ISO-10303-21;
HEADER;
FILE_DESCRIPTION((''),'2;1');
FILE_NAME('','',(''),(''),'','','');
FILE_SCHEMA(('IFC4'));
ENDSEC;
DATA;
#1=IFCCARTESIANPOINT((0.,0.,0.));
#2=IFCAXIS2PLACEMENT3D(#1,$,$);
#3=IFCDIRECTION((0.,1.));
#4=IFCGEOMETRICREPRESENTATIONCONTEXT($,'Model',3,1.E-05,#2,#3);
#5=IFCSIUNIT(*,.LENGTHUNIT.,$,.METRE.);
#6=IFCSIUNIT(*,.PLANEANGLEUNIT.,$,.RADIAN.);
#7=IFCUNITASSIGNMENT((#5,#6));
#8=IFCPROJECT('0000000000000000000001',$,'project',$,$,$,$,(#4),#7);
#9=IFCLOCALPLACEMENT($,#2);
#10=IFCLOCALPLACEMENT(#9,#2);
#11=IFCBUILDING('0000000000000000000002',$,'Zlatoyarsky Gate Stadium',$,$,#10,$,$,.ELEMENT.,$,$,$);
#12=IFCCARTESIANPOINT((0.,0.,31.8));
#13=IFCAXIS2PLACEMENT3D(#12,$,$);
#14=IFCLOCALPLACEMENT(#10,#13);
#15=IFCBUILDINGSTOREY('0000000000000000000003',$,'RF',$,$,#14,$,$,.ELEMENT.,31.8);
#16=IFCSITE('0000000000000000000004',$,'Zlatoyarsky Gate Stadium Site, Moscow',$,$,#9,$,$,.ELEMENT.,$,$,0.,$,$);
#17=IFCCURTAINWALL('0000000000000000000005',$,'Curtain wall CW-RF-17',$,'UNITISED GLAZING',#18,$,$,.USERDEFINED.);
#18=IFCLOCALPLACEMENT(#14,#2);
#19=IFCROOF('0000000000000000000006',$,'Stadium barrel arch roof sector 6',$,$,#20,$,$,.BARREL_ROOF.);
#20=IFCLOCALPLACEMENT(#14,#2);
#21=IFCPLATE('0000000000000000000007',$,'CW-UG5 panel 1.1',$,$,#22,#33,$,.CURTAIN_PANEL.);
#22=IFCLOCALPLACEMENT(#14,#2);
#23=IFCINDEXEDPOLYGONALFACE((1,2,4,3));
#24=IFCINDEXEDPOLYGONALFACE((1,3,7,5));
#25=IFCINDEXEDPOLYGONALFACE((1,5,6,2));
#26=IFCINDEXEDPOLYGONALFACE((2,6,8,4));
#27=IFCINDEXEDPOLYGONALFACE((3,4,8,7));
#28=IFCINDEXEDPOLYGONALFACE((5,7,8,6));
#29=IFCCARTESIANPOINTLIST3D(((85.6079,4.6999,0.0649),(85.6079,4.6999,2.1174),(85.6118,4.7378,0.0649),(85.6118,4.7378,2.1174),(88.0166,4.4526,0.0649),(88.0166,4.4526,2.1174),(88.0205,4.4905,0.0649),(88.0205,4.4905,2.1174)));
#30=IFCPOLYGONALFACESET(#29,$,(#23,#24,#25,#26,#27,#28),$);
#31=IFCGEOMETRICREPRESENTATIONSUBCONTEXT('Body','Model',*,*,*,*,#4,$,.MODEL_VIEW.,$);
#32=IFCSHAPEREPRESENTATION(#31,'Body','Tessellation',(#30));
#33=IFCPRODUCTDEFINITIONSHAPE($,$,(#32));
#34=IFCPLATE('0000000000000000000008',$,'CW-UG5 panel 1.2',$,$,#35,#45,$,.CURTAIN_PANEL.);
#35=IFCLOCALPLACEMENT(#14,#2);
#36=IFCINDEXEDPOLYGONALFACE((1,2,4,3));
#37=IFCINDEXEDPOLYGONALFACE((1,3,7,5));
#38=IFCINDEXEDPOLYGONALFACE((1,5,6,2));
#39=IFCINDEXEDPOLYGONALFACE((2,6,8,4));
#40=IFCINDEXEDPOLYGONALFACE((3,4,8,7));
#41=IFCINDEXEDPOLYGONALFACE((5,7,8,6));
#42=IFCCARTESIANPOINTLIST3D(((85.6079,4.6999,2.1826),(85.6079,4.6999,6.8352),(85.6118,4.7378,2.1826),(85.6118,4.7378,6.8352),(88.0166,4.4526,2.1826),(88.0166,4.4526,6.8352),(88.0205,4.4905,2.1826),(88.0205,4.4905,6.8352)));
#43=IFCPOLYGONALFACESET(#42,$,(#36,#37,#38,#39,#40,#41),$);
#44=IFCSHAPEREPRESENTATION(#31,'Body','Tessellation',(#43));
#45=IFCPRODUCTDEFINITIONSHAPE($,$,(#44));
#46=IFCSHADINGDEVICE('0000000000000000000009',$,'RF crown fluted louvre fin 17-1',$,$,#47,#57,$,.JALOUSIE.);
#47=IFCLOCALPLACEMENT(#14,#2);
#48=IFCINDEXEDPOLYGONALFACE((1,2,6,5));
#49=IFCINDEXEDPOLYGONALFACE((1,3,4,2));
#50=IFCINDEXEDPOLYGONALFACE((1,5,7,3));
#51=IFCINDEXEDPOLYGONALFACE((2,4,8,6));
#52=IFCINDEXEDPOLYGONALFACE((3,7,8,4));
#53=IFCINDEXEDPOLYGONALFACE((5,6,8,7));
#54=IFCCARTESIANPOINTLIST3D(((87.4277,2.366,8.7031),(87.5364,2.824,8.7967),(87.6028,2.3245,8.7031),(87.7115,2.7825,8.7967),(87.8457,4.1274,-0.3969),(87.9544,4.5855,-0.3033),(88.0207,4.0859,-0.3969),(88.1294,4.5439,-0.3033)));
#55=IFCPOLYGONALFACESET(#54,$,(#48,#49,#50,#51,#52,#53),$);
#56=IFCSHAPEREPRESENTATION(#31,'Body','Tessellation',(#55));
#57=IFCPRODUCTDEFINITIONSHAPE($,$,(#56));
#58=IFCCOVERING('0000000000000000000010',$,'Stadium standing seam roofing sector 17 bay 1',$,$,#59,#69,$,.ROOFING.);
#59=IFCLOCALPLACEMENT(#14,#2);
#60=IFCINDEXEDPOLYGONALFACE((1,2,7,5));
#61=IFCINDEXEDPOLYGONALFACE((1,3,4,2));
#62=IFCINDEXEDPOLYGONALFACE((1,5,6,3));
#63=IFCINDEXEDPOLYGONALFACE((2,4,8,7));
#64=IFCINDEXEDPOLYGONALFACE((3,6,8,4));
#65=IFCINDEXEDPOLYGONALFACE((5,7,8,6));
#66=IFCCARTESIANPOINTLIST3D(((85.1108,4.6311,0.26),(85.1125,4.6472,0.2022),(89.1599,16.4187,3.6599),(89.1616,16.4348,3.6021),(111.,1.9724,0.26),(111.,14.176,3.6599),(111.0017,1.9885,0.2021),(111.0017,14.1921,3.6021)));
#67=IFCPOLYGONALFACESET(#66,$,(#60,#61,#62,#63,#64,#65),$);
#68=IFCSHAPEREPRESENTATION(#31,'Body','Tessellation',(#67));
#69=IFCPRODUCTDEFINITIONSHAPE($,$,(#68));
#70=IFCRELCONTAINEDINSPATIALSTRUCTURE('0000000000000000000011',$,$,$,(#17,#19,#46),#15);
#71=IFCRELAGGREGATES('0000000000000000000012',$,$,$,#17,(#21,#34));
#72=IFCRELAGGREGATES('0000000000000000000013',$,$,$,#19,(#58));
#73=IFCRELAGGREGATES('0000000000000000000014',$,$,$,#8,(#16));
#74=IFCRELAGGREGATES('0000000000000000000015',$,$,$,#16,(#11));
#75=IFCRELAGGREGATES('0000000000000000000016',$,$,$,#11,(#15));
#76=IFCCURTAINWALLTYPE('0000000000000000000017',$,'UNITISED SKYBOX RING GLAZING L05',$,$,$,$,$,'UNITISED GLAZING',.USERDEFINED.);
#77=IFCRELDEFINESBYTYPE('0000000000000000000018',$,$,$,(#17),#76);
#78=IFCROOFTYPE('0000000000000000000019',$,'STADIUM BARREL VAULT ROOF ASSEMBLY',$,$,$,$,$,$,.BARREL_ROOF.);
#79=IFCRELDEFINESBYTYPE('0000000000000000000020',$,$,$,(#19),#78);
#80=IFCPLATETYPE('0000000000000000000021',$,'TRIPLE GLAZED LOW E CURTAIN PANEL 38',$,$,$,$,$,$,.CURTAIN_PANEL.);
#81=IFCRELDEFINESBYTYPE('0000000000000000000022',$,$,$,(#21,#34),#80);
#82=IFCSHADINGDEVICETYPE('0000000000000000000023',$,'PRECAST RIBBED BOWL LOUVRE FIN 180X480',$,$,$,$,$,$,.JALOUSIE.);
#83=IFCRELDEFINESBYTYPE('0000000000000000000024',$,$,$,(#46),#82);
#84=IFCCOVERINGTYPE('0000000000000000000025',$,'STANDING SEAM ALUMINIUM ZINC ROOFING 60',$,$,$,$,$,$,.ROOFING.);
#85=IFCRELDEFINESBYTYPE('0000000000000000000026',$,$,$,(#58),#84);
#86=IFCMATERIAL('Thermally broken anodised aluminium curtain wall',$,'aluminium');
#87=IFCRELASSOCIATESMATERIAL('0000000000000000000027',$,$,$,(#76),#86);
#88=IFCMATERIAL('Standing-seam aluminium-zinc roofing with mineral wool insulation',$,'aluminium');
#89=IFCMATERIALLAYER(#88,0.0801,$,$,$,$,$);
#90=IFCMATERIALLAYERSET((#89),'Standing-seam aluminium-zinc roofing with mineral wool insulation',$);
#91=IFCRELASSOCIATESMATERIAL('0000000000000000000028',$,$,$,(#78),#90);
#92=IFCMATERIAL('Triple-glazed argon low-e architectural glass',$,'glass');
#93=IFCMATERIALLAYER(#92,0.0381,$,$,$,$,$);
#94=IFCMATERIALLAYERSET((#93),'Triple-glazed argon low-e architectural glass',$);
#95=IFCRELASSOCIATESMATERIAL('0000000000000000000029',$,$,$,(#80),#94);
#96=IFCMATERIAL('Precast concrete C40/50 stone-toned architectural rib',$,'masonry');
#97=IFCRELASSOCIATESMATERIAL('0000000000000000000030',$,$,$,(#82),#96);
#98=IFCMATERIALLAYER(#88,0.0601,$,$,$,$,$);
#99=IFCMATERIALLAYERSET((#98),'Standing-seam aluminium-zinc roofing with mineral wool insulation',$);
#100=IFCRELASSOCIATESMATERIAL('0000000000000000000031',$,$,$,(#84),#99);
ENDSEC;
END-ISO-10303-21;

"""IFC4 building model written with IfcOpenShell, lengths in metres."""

from ifc_helpers import new_model, si_unit, direction, frame, origin, origin_2d, place, context, subcontext, project, spatial, polyline, rectangle, outline, extrude, material, layer, layer_set, material_profile, profile_set, type_object, element, aggregate, save


model = new_model("IFC4")

# Units and contexts
model_context = context("Model", 3, precision=1e-05, world=origin(), true_north=direction((0.0, 1.0)))
body_context = subcontext(model_context, "Body", "Model", "MODEL_VIEW")
ifc_project = project(units=[si_unit("LENGTHUNIT", "METRE"), si_unit("PLANEANGLEUNIT", "RADIAN")], contexts=[model_context])

# Site, building, storey
site_placement = place(None, origin())
site = spatial("IfcSite", under=ifc_project, at=site_placement, Name="Zlatoyarsky Gate Stadium Site, Moscow", CompositionType="ELEMENT", RefElevation=0.0)
building_placement = place(site_placement, origin())
building = spatial("IfcBuilding", under=site, at=building_placement, Name="Zlatoyarsky Gate Stadium", CompositionType="ELEMENT")
storey_placement = place(building_placement, frame((0.0, 0.0, 31.8)))
storey = spatial("IfcBuildingStorey", under=building, at=storey_placement, Name="RF", CompositionType="ELEMENT", Elevation=31.8)

# Curtain wall
ifc_material_1 = material(Name="Thermally broken anodised aluminium curtain wall", Category="aluminium")
curtain_wall_type = type_object("IfcCurtainWallType", Name="UNITISED SKYBOX RING GLAZING L05", ElementType="UNITISED GLAZING", PredefinedType="USERDEFINED", material=ifc_material_1)
curtain_wall_placement = place(storey_placement, origin())
curtain_wall = element("IfcCurtainWall", 1, at=curtain_wall_placement, inside=storey, type_object=curtain_wall_type, Name="Curtain wall CW-RF-17", ObjectType="UNITISED GLAZING", PredefinedType="USERDEFINED")

# Roof
ifc_material_2 = material(Name="Standing-seam aluminium-zinc roofing with mineral wool insulation", Category="aluminium")
ifc_layer_1 = layer(ifc_material_2, 0.0801)
ifc_layer_set_1 = layer_set([ifc_layer_1], Name="Standing-seam aluminium-zinc roofing with mineral wool insulation")
roof_type = type_object("IfcRoofType", Name="STADIUM BARREL VAULT ROOF ASSEMBLY", PredefinedType="BARREL_ROOF", material=ifc_layer_set_1)
roof_placement = place(storey_placement, origin())
roof = element("IfcRoof", 2, at=roof_placement, inside=storey, type_object=roof_type, Name="Stadium barrel arch roof sector 6", PredefinedType="BARREL_ROOF")

# Plates
ifc_material_3 = material(Name="Triple-glazed argon low-e architectural glass", Category="glass")
ifc_layer_2 = layer(ifc_material_3, 0.0381)
ifc_layer_set_2 = layer_set([ifc_layer_2], Name="Triple-glazed argon low-e architectural glass")
plate_type_1 = type_object("IfcPlateType", Name="TRIPLE GLAZED LOW E CURTAIN PANEL 38", PredefinedType="CURTAIN_PANEL", material=ifc_layer_set_2)
plate_1_placement = place(storey_placement, frame((86.8142, 4.5952, 0.0649), z_axis=(0.0, 0.0, 1.0), x_axis=(0.994772, -0.102125, 0.0)))
plate_1 = element("IfcPlate", 3, at=plate_1_placement, type_object=plate_type_1, Name="CW-UG5 panel 1.1", PredefinedType="CURTAIN_PANEL", context=body_context, shape_type="SweptSolid", body=[
    extrude(rectangle(XDim=2.4214, YDim=0.0381, at=origin_2d()), origin(), (0.0, 0.0, 1.0), 2.0525),
])
plate_2_placement = place(storey_placement, frame((86.8142, 4.5952, 2.1826), z_axis=(0.0, 0.0, 1.0), x_axis=(0.994772, -0.102125, 0.0)))
plate_2 = element("IfcPlate", 4, at=plate_2_placement, type_object=plate_type_1, Name="CW-UG5 panel 1.2", PredefinedType="CURTAIN_PANEL", context=body_context, shape_type="SweptSolid", body=[
    extrude(rectangle(XDim=2.4214, YDim=0.0381, at=origin_2d()), origin(), (0.0, 0.0, 1.0), 4.6526),
])
aggregate(curtain_wall, [plate_1, plate_2])

# Shading device
ifc_material_4 = material(Name="Precast concrete C40/50 stone-toned architectural rib", Category="masonry")
ifc_material_profile_1 = material_profile(ifc_material_4, rectangle(XDim=0.1799, YDim=0.48, at=origin_2d()), Name="RIB 180X480")
ifc_profile_set_1 = profile_set([ifc_material_profile_1], Name="Precast concrete C40/50 stone-toned architectural rib")
shading_device_type = type_object("IfcShadingDeviceType", Name="PRECAST RIBBED BOWL LOUVRE FIN 180X480", PredefinedType="JALOUSIE", material=ifc_profile_set_1)
shading_device_placement = place(storey_placement, frame((87.9875, 4.3357, -0.3501), z_axis=(-0.045047, -0.189846, 0.98078), x_axis=(0.972984, -0.230873, 0.0)))
element("IfcShadingDevice", 5, at=shading_device_placement, inside=storey, type_object=shading_device_type, Name="RF crown fluted louvre fin 17-1", PredefinedType="JALOUSIE", context=body_context, shape_type="SweptSolid", body=[
    extrude(rectangle(XDim=0.1799, YDim=0.48, at=origin_2d()), origin(), (0.0, 0.0, 1.0), 9.2783),
])

# Covering
ifc_layer_3 = layer(ifc_material_2, 0.0601)
ifc_layer_set_3 = layer_set([ifc_layer_3], Name="Standing-seam aluminium-zinc roofing with mineral wool insulation")
covering_type = type_object("IfcCoveringType", Name="STANDING SEAM ALUMINIUM ZINC ROOFING 60", PredefinedType="ROOFING", material=ifc_layer_set_3)
covering_placement = place(storey_placement, frame((85.1108, 4.6311, 0.26), z_axis=(-0.02755, -0.268278, 0.962948), x_axis=(0.994768, -0.102158, -0.000001)))
covering = element("IfcCovering", 6, at=covering_placement, type_object=covering_type, Name="Stadium standing seam roofing sector 17 bay 1", PredefinedType="ROOFING", context=body_context, shape_type="SweptSolid", body=[
    extrude(outline(polyline([(0.0, 0.0), (26.0253, 0.0), (24.7786, 12.6069), (2.8237, 12.6067), (0.0, 0.0)])), origin(), (0.0, 0.0, -1.0), 0.0601),
])
aggregate(roof, [covering])

save(model, "model.ifc")
